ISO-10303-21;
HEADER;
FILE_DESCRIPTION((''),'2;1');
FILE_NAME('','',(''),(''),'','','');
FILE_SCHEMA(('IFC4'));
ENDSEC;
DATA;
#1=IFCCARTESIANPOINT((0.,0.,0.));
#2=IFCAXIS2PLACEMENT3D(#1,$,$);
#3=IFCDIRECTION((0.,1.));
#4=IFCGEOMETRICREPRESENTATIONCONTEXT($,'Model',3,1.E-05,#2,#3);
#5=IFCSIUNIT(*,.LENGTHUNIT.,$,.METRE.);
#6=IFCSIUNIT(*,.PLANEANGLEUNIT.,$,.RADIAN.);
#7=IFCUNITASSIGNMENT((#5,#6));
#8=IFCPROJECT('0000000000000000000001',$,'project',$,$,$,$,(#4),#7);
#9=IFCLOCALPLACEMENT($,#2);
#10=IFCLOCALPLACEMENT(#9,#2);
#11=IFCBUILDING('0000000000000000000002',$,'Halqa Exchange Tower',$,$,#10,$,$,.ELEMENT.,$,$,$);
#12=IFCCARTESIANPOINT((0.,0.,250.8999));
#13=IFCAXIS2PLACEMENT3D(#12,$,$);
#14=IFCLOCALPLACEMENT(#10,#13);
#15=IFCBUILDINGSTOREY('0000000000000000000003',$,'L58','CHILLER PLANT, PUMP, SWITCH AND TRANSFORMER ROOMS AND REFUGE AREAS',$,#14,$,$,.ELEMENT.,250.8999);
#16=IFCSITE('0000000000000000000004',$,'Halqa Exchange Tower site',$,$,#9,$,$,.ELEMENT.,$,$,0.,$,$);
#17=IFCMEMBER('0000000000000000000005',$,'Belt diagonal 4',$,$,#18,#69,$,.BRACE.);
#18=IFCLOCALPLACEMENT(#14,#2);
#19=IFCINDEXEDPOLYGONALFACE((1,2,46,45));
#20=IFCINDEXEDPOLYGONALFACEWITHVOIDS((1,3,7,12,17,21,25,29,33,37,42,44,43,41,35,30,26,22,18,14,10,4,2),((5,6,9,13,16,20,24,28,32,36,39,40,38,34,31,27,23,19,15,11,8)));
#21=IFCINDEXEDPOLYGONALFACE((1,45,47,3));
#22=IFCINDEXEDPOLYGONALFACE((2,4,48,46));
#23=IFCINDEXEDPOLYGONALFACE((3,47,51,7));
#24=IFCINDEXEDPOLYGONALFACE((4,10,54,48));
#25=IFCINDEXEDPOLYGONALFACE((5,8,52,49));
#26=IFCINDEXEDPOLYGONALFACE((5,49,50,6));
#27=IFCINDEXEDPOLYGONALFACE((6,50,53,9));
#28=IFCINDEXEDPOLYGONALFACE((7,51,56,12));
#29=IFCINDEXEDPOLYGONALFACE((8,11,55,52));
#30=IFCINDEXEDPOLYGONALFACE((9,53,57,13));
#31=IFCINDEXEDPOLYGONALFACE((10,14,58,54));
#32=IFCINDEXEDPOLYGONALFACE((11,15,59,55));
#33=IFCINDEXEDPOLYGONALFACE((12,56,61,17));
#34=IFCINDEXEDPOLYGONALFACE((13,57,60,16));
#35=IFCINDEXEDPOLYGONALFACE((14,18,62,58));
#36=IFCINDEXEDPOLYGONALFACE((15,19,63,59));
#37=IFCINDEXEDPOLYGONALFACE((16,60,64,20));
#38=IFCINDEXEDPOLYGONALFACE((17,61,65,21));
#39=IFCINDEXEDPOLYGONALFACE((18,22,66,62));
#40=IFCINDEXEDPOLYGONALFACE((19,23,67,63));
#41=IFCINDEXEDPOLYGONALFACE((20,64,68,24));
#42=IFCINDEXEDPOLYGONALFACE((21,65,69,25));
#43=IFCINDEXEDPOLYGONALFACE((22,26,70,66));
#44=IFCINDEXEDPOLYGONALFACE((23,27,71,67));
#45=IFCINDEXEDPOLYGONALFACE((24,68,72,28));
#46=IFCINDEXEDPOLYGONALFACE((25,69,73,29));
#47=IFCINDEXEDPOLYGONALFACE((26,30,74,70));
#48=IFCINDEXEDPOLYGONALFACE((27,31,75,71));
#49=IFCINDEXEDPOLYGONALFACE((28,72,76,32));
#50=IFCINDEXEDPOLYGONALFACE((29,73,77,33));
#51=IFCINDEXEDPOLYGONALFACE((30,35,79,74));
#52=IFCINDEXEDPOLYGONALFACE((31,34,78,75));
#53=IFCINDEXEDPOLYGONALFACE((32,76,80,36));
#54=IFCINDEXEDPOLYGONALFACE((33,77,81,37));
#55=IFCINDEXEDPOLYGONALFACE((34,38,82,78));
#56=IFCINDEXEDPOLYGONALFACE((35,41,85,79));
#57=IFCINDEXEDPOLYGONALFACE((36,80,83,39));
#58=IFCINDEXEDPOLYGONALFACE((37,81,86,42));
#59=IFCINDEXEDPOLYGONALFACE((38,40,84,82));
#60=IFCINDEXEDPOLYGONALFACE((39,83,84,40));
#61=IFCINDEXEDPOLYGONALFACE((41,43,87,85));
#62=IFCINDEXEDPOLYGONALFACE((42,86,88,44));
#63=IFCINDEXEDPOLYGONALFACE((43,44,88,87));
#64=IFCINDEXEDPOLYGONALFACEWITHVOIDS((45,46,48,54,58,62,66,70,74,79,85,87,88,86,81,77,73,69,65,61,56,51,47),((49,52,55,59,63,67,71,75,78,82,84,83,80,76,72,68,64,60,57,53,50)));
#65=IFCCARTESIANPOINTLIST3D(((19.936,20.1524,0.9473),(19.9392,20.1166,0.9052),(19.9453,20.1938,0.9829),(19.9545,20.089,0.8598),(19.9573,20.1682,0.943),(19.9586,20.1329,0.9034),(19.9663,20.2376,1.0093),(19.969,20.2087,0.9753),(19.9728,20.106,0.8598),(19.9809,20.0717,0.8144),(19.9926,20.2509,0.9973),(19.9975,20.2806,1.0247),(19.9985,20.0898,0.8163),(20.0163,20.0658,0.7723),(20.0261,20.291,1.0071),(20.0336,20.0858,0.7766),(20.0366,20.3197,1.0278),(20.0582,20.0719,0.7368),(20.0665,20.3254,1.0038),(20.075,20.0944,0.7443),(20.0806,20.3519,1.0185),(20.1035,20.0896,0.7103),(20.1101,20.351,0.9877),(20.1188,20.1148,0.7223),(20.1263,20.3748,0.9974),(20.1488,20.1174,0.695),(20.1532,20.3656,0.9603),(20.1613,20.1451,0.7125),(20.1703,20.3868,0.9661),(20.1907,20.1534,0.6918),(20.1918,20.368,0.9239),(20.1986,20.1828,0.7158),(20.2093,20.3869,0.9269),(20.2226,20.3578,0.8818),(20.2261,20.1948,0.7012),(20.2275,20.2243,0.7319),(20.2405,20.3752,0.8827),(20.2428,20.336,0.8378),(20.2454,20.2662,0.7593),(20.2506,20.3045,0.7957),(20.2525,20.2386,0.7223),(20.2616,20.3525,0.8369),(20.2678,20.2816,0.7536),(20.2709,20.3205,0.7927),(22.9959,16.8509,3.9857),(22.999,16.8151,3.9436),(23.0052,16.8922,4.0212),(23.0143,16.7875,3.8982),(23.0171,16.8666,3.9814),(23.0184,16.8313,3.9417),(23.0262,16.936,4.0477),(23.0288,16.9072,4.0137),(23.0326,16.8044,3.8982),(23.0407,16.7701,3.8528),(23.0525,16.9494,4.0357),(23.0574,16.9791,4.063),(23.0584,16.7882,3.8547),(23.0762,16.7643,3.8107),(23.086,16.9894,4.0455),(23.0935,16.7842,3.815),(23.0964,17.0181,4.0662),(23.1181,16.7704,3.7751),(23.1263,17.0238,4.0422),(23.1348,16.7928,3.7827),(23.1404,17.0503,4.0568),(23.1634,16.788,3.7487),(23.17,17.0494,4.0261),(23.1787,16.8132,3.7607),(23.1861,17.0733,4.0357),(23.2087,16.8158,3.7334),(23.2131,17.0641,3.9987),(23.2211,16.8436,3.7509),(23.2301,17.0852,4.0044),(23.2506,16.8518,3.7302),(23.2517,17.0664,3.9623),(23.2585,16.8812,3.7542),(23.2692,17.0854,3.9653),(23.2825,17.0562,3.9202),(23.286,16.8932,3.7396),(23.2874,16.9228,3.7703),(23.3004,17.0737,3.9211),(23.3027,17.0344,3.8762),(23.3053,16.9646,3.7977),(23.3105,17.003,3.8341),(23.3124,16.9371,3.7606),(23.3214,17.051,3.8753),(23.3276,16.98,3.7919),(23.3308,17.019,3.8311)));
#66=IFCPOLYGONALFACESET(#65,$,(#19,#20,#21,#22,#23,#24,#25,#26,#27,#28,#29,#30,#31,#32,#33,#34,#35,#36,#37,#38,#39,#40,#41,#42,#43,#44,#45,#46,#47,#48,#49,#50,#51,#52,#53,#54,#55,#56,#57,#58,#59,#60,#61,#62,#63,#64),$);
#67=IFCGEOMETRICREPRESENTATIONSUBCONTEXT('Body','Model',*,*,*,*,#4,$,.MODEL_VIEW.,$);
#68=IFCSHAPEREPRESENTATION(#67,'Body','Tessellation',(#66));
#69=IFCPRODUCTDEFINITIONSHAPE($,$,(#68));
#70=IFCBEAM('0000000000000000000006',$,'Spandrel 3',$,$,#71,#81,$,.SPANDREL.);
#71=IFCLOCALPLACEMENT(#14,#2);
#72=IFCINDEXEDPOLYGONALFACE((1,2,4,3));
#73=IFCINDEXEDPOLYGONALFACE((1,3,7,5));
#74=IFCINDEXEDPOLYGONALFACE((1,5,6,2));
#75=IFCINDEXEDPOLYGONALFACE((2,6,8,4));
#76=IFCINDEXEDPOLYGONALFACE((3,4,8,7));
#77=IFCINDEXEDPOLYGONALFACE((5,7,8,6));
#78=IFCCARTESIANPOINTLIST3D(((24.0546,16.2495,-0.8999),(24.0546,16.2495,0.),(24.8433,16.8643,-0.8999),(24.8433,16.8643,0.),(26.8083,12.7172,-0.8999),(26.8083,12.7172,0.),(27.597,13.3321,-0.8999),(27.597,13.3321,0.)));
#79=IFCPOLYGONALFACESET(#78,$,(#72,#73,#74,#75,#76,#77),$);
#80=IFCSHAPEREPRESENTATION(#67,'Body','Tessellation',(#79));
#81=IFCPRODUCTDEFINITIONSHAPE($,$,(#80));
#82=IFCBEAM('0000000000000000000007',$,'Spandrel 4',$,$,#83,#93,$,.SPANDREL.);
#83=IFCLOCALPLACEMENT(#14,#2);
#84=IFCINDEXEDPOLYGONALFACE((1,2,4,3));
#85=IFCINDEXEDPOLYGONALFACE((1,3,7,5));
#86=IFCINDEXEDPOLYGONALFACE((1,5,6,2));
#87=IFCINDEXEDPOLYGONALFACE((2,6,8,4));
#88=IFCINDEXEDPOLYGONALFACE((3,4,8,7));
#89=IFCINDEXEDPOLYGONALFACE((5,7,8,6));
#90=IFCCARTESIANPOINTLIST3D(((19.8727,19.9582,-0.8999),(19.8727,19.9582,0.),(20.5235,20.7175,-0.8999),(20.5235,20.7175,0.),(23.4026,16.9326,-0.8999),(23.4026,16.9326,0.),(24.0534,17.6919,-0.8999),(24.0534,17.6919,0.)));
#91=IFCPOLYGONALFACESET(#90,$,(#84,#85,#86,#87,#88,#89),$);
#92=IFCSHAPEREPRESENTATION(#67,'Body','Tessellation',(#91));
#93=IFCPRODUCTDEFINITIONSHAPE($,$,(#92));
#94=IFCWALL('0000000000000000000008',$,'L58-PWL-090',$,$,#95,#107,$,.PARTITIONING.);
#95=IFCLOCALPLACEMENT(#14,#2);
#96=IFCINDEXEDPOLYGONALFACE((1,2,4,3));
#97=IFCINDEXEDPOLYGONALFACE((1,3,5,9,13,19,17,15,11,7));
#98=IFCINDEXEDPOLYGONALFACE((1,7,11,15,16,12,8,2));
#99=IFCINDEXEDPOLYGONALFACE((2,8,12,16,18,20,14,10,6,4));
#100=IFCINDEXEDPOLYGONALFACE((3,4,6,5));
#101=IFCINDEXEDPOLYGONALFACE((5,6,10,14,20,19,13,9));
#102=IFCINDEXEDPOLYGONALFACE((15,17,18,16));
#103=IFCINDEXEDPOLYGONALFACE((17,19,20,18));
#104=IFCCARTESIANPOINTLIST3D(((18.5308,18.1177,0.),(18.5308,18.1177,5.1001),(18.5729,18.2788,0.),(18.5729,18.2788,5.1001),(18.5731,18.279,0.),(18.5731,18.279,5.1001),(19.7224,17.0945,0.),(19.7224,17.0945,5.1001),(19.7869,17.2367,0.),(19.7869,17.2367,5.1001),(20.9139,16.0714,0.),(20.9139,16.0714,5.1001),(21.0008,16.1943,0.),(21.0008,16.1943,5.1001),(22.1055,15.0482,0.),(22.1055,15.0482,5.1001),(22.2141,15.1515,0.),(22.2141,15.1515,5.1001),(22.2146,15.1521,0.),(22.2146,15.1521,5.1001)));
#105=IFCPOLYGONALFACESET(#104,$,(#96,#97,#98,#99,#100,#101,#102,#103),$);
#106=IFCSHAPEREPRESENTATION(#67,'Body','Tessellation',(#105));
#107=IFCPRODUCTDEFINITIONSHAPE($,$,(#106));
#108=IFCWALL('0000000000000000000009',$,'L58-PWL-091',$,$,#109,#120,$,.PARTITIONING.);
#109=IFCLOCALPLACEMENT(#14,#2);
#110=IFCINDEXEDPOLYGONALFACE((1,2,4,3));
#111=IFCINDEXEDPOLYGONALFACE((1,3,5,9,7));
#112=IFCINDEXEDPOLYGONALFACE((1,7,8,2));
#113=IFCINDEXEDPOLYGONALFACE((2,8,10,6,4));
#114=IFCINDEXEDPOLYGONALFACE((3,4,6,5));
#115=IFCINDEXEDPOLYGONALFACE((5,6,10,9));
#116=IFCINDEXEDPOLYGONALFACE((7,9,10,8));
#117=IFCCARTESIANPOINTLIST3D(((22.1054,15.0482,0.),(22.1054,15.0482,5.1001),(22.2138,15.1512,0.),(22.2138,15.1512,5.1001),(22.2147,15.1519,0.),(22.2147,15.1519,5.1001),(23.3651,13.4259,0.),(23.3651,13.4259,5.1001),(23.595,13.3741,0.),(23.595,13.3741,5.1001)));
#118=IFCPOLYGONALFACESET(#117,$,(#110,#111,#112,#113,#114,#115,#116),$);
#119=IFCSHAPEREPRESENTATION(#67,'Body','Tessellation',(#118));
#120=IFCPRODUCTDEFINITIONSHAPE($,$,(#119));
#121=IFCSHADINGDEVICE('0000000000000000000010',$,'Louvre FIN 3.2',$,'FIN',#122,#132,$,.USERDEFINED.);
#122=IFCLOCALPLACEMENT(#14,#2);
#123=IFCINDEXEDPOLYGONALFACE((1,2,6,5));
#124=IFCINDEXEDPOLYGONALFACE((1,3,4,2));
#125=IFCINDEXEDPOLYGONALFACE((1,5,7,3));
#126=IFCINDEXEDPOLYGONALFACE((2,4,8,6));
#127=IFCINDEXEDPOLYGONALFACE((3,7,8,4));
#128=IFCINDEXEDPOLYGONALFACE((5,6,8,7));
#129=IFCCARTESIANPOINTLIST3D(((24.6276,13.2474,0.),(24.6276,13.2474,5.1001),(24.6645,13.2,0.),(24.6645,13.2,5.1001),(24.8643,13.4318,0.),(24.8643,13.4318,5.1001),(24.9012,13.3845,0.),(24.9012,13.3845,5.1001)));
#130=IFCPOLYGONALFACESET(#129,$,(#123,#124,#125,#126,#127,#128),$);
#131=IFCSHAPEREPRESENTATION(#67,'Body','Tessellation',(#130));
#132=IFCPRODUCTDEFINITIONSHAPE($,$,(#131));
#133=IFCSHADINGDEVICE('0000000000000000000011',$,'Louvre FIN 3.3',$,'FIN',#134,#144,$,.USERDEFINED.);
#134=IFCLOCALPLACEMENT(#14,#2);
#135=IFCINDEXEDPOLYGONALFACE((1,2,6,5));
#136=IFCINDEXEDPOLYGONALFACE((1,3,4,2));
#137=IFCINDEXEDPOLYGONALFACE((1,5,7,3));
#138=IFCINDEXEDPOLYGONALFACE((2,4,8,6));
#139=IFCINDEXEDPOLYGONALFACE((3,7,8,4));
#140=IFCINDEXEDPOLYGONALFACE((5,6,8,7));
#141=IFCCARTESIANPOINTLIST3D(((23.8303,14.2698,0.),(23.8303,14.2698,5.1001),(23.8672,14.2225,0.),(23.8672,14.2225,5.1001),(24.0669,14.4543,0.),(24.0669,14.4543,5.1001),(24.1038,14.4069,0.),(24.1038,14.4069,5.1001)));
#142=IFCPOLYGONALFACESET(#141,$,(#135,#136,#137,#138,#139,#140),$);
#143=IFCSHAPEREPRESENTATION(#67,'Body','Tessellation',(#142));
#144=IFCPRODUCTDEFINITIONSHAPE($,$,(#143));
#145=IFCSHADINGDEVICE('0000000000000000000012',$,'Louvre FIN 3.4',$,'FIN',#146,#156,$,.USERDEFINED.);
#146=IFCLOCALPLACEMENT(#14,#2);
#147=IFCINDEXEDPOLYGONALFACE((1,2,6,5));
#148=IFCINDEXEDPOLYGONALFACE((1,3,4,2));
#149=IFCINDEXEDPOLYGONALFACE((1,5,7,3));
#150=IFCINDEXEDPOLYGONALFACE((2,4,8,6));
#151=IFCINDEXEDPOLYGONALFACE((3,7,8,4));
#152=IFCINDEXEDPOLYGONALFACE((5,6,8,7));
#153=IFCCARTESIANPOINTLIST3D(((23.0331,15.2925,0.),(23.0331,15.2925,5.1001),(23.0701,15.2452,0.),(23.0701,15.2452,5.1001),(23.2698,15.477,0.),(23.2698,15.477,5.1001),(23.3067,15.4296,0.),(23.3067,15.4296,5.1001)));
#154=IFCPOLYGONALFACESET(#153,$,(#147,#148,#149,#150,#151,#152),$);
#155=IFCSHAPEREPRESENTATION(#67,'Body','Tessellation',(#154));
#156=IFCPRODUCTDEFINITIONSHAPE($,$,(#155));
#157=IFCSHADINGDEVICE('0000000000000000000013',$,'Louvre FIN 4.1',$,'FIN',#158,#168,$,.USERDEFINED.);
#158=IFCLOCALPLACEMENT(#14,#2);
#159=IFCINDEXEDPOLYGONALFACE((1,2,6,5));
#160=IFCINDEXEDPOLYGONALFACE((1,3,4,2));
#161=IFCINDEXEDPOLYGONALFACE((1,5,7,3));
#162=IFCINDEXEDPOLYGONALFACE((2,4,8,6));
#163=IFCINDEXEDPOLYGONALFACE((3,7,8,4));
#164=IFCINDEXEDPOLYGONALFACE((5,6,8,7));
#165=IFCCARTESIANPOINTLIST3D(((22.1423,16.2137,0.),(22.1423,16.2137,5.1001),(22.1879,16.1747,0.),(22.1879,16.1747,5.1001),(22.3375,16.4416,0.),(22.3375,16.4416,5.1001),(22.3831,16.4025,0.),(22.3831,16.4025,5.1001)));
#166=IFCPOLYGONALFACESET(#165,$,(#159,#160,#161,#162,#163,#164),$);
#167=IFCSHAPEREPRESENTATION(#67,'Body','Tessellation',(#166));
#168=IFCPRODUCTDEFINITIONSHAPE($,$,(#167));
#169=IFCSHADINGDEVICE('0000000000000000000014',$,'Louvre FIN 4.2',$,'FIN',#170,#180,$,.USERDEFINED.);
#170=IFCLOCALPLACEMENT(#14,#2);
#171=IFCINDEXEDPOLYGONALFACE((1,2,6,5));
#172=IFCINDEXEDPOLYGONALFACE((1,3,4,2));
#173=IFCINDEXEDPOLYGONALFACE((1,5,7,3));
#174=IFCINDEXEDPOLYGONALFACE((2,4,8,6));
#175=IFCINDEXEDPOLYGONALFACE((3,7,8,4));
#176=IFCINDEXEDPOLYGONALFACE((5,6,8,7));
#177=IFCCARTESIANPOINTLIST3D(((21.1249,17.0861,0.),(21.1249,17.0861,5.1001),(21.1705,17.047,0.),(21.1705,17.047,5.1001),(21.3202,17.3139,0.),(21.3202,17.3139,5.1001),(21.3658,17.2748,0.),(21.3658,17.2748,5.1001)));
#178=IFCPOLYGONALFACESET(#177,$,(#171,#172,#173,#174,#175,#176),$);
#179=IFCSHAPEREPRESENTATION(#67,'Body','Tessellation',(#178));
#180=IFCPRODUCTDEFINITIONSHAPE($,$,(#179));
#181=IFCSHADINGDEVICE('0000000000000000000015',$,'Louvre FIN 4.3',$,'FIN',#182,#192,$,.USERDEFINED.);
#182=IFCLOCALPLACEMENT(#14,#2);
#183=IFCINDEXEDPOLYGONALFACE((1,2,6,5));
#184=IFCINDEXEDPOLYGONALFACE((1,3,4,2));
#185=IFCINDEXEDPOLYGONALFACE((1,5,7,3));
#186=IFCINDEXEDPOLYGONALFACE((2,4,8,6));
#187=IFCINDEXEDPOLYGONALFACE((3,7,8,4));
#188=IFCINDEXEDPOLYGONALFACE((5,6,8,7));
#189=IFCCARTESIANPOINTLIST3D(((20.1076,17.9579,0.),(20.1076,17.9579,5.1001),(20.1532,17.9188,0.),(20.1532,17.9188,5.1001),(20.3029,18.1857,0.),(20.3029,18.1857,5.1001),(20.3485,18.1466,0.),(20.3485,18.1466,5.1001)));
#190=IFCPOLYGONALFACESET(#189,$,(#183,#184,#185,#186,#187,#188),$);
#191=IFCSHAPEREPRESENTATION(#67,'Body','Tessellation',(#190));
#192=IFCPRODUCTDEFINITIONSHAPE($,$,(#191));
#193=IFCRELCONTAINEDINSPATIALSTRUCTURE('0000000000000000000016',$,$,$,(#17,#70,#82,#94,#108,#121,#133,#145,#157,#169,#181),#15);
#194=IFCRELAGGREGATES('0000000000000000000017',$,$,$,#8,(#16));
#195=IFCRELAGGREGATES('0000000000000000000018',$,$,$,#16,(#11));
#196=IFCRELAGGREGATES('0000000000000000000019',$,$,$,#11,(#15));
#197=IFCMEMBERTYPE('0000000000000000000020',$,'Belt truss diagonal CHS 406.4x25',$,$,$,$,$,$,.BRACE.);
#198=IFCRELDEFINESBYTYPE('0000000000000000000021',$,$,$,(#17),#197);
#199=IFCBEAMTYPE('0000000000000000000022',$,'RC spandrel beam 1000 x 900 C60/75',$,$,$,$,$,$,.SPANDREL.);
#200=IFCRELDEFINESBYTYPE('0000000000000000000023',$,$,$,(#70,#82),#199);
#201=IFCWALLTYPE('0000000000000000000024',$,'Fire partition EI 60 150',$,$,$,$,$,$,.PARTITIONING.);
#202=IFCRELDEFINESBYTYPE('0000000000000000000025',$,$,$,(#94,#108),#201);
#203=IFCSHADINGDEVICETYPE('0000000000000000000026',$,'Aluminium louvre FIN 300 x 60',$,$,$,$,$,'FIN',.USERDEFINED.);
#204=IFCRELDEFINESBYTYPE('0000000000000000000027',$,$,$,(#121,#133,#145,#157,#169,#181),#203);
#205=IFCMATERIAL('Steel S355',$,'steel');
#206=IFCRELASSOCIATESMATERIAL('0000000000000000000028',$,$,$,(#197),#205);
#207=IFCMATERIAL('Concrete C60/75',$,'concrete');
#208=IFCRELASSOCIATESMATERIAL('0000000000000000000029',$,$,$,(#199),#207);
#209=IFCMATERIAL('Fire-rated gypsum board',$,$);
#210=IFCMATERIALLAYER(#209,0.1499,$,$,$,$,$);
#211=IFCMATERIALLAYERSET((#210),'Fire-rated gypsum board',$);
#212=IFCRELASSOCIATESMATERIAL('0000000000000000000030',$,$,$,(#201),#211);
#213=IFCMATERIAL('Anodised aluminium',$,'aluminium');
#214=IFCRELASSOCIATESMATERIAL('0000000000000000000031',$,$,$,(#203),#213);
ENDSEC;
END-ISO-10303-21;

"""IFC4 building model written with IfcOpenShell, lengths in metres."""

from ifc_helpers import new_model, si_unit, direction, frame, origin, origin_2d, place, context, subcontext, project, spatial, polyline, rectangle, hollow_circle, outline, extrude, material, layer, layer_set, material_profile, profile_set, type_object, element, save


model = new_model("IFC4")

# Units and contexts
model_context = context("Model", 3, precision=1e-05, world=origin(), true_north=direction((0.0, 1.0)))
body_context = subcontext(model_context, "Body", "Model", "MODEL_VIEW")
ifc_project = project(units=[si_unit("LENGTHUNIT", "METRE"), si_unit("PLANEANGLEUNIT", "RADIAN")], contexts=[model_context])

# Site, building, storey
site_placement = place(None, origin())
site = spatial("IfcSite", under=ifc_project, at=site_placement, Name="Halqa Exchange Tower site", CompositionType="ELEMENT", RefElevation=0.0)
building_placement = place(site_placement, origin())
building = spatial("IfcBuilding", under=site, at=building_placement, Name="Halqa Exchange Tower", CompositionType="ELEMENT")
storey_placement = place(building_placement, frame((0.0, 0.0, 250.8999)))
storey = spatial("IfcBuildingStorey", under=building, at=storey_placement, Name="L58", Description="CHILLER PLANT, PUMP, SWITCH AND TRANSFORMER ROOMS AND REFUGE AREAS", CompositionType="ELEMENT", Elevation=250.8999)

# Shared definitions
ifc_material_1 = material(Name="Concrete C60/75", Category="concrete")

# Member
ifc_material_2 = material(Name="Steel S355", Category="steel")
ifc_material_profile_1 = material_profile(ifc_material_2, hollow_circle(Radius=0.2031, WallThickness=0.0249, at=origin_2d()), Name="CHS 406.4x25")
ifc_profile_set_1 = profile_set([ifc_material_profile_1], Name="Steel S355")
member_type_1 = type_object("IfcMemberType", Name="Belt truss diagonal CHS 406.4x25", PredefinedType="BRACE", material=ifc_profile_set_1)
member_1_placement = place(storey_placement, frame((23.1633, 16.9255, 3.8982), z_axis=(-0.563416, 0.607921, -0.55946), x_axis=(-0.733444, -0.67975, 0.0)))
element("IfcMember", 1, at=member_1_placement, inside=storey, type_object=member_type_1, Name="Belt diagonal 4", PredefinedType="BRACE", context=body_context, shape_type="SweptSolid", body=[
    extrude(hollow_circle(Radius=0.2031, WallThickness=0.0249, at=origin_2d()), origin(), (0.0, 0.0, 1.0), 5.4309),
])

# Beams
ifc_material_profile_2 = material_profile(ifc_material_1, rectangle(XDim=1.0, YDim=0.8999, at=origin_2d()), Name="1000 x 900")
ifc_profile_set_2 = profile_set([ifc_material_profile_2], Name="Concrete C60/75")
beam_type = type_object("IfcBeamType", Name="RC spandrel beam 1000 x 900 C60/75", PredefinedType="SPANDREL", material=ifc_profile_set_2)
beam_1_placement = place(storey_placement, frame((27.2026, 13.0247, -0.45), z_axis=(-0.614827, 0.788662, 0.0), x_axis=(-0.788662, -0.614827, 0.0)))
element("IfcBeam", 2, at=beam_1_placement, inside=storey, type_object=beam_type, Name="Spandrel 3", PredefinedType="SPANDREL", context=body_context, shape_type="SweptSolid", body=[
    extrude(rectangle(XDim=1.0, YDim=0.8999, at=origin_2d()), origin(), (0.0, 0.0, 1.0), 4.4788),
])
beam_2_placement = place(storey_placement, frame((23.728, 17.3123, -0.45), z_axis=(-0.759268, 0.650778, 0.0), x_axis=(-0.650778, -0.759268, 0.0)))
element("IfcBeam", 3, at=beam_2_placement, inside=storey, type_object=beam_type, Name="Spandrel 4", PredefinedType="SPANDREL", context=body_context, shape_type="SweptSolid", body=[
    extrude(rectangle(XDim=1.0, YDim=0.8999, at=origin_2d()), origin(), (0.0, 0.0, 1.0), 4.6492),
])

# Walls
ifc_material_3 = material(Name="Fire-rated gypsum board")
ifc_layer_1 = layer(ifc_material_3, 0.1499)
ifc_layer_set_1 = layer_set([ifc_layer_1], Name="Fire-rated gypsum board")
wall_type = type_object("IfcWallType", Name="Fire partition EI 60 150", PredefinedType="PARTITIONING", material=ifc_layer_set_1)
wall_1_placement = place(storey_placement, frame((22.1658, 15.0952, 0.0), z_axis=(0.0, 0.0, 1.0), x_axis=(-0.758682, 0.651461, 0.0)))
element("IfcWall", 4, at=wall_1_placement, inside=storey, type_object=wall_type, Name="L58-PWL-090", PredefinedType="PARTITIONING", context=body_context, shape_type="SweptSolid", body=[
    extrude(outline(polyline([(4.7998, -0.075), (4.7998, -0.0747), (4.7268, 0.075), (3.1562, 0.075), (1.5857, 0.075), (0.0151, 0.075), (0.0, -0.0742), (0.0, -0.075), (1.5999, -0.075), (3.2, -0.075), (4.7998, -0.075)])), origin(), (0.0, 0.0, 1.0), 5.1001),
])
wall_2_placement = place(storey_placement, frame((22.1555, 15.106, 0.0), z_axis=(0.0, 0.0, 1.0), x_axis=(0.61328, -0.789866, 0.0)))
element("IfcWall", 5, at=wall_2_placement, inside=storey, type_object=wall_type, Name="L58-PWL-091", PredefinedType="PARTITIONING", context=body_context, shape_type="SweptSolid", body=[
    extrude(outline(polyline([(0.0149, -0.075), (2.0688, -0.075), (2.2507, 0.075), (2.2507, 0.075), (0.0, 0.075), (0.0, 0.0737), (0.0149, -0.075)])), origin(), (0.0, 0.0, 1.0), 5.1001),
])

# Shading devices
ifc_material_4 = material(Name="Anodised aluminium", Category="aluminium")
ifc_material_profile_3 = material_profile(ifc_material_4, rectangle(XDim=0.3, YDim=0.0601, at=origin_2d()), Name="AL FIN 300x60")
ifc_profile_set_3 = profile_set([ifc_material_profile_3], Name="Anodised aluminium")
shading_device_type = type_object("IfcShadingDeviceType", Name="Aluminium louvre FIN 300 x 60", ElementType="FIN", PredefinedType="USERDEFINED", material=ifc_profile_set_3)
for number, where, z_axis, x_axis, name in (
    (6, (24.7644, 13.3159, 0.0), (0.0, 0.0, 1.0), (-0.78867, -0.614817, 0.0), "Louvre FIN 3.2"),
    (7, (23.967, 14.3384, 0.0), (0.0, 0.0, 1.0), (-0.78867, -0.614817, 0.0), "Louvre FIN 3.3"),
    (8, (23.1699, 15.3611, 0.0), (0.0, 0.0, 1.0), (-0.78867, -0.614817, 0.0), "Louvre FIN 3.4"),
    (9, (22.2627, 16.3081, 0.0), (0.0, 0.0, 1.0), (-0.650795, -0.759253, 0.0), "Louvre FIN 4.1"),
    (10, (21.2454, 17.1804, 0.0), (0.0, 0.0, 1.0), (-0.650795, -0.759253, 0.0), "Louvre FIN 4.2"),
    (11, (20.228, 18.0522, 0.0), (0.0, 0.0, 1.0), (-0.650795, -0.759253, 0.0), "Louvre FIN 4.3"),
):
    element("IfcShadingDevice", number, at=place(storey_placement, frame(where, z_axis=z_axis, x_axis=x_axis)), inside=storey, type_object=shading_device_type, Name=name, ObjectType="FIN", PredefinedType="USERDEFINED", context=body_context, shape_type="SweptSolid", body=[
        extrude(rectangle(XDim=0.3, YDim=0.0601, at=origin_2d()), origin(), (0.0, 0.0, 1.0), 5.1001),
    ])

save(model, "model.ifc")
